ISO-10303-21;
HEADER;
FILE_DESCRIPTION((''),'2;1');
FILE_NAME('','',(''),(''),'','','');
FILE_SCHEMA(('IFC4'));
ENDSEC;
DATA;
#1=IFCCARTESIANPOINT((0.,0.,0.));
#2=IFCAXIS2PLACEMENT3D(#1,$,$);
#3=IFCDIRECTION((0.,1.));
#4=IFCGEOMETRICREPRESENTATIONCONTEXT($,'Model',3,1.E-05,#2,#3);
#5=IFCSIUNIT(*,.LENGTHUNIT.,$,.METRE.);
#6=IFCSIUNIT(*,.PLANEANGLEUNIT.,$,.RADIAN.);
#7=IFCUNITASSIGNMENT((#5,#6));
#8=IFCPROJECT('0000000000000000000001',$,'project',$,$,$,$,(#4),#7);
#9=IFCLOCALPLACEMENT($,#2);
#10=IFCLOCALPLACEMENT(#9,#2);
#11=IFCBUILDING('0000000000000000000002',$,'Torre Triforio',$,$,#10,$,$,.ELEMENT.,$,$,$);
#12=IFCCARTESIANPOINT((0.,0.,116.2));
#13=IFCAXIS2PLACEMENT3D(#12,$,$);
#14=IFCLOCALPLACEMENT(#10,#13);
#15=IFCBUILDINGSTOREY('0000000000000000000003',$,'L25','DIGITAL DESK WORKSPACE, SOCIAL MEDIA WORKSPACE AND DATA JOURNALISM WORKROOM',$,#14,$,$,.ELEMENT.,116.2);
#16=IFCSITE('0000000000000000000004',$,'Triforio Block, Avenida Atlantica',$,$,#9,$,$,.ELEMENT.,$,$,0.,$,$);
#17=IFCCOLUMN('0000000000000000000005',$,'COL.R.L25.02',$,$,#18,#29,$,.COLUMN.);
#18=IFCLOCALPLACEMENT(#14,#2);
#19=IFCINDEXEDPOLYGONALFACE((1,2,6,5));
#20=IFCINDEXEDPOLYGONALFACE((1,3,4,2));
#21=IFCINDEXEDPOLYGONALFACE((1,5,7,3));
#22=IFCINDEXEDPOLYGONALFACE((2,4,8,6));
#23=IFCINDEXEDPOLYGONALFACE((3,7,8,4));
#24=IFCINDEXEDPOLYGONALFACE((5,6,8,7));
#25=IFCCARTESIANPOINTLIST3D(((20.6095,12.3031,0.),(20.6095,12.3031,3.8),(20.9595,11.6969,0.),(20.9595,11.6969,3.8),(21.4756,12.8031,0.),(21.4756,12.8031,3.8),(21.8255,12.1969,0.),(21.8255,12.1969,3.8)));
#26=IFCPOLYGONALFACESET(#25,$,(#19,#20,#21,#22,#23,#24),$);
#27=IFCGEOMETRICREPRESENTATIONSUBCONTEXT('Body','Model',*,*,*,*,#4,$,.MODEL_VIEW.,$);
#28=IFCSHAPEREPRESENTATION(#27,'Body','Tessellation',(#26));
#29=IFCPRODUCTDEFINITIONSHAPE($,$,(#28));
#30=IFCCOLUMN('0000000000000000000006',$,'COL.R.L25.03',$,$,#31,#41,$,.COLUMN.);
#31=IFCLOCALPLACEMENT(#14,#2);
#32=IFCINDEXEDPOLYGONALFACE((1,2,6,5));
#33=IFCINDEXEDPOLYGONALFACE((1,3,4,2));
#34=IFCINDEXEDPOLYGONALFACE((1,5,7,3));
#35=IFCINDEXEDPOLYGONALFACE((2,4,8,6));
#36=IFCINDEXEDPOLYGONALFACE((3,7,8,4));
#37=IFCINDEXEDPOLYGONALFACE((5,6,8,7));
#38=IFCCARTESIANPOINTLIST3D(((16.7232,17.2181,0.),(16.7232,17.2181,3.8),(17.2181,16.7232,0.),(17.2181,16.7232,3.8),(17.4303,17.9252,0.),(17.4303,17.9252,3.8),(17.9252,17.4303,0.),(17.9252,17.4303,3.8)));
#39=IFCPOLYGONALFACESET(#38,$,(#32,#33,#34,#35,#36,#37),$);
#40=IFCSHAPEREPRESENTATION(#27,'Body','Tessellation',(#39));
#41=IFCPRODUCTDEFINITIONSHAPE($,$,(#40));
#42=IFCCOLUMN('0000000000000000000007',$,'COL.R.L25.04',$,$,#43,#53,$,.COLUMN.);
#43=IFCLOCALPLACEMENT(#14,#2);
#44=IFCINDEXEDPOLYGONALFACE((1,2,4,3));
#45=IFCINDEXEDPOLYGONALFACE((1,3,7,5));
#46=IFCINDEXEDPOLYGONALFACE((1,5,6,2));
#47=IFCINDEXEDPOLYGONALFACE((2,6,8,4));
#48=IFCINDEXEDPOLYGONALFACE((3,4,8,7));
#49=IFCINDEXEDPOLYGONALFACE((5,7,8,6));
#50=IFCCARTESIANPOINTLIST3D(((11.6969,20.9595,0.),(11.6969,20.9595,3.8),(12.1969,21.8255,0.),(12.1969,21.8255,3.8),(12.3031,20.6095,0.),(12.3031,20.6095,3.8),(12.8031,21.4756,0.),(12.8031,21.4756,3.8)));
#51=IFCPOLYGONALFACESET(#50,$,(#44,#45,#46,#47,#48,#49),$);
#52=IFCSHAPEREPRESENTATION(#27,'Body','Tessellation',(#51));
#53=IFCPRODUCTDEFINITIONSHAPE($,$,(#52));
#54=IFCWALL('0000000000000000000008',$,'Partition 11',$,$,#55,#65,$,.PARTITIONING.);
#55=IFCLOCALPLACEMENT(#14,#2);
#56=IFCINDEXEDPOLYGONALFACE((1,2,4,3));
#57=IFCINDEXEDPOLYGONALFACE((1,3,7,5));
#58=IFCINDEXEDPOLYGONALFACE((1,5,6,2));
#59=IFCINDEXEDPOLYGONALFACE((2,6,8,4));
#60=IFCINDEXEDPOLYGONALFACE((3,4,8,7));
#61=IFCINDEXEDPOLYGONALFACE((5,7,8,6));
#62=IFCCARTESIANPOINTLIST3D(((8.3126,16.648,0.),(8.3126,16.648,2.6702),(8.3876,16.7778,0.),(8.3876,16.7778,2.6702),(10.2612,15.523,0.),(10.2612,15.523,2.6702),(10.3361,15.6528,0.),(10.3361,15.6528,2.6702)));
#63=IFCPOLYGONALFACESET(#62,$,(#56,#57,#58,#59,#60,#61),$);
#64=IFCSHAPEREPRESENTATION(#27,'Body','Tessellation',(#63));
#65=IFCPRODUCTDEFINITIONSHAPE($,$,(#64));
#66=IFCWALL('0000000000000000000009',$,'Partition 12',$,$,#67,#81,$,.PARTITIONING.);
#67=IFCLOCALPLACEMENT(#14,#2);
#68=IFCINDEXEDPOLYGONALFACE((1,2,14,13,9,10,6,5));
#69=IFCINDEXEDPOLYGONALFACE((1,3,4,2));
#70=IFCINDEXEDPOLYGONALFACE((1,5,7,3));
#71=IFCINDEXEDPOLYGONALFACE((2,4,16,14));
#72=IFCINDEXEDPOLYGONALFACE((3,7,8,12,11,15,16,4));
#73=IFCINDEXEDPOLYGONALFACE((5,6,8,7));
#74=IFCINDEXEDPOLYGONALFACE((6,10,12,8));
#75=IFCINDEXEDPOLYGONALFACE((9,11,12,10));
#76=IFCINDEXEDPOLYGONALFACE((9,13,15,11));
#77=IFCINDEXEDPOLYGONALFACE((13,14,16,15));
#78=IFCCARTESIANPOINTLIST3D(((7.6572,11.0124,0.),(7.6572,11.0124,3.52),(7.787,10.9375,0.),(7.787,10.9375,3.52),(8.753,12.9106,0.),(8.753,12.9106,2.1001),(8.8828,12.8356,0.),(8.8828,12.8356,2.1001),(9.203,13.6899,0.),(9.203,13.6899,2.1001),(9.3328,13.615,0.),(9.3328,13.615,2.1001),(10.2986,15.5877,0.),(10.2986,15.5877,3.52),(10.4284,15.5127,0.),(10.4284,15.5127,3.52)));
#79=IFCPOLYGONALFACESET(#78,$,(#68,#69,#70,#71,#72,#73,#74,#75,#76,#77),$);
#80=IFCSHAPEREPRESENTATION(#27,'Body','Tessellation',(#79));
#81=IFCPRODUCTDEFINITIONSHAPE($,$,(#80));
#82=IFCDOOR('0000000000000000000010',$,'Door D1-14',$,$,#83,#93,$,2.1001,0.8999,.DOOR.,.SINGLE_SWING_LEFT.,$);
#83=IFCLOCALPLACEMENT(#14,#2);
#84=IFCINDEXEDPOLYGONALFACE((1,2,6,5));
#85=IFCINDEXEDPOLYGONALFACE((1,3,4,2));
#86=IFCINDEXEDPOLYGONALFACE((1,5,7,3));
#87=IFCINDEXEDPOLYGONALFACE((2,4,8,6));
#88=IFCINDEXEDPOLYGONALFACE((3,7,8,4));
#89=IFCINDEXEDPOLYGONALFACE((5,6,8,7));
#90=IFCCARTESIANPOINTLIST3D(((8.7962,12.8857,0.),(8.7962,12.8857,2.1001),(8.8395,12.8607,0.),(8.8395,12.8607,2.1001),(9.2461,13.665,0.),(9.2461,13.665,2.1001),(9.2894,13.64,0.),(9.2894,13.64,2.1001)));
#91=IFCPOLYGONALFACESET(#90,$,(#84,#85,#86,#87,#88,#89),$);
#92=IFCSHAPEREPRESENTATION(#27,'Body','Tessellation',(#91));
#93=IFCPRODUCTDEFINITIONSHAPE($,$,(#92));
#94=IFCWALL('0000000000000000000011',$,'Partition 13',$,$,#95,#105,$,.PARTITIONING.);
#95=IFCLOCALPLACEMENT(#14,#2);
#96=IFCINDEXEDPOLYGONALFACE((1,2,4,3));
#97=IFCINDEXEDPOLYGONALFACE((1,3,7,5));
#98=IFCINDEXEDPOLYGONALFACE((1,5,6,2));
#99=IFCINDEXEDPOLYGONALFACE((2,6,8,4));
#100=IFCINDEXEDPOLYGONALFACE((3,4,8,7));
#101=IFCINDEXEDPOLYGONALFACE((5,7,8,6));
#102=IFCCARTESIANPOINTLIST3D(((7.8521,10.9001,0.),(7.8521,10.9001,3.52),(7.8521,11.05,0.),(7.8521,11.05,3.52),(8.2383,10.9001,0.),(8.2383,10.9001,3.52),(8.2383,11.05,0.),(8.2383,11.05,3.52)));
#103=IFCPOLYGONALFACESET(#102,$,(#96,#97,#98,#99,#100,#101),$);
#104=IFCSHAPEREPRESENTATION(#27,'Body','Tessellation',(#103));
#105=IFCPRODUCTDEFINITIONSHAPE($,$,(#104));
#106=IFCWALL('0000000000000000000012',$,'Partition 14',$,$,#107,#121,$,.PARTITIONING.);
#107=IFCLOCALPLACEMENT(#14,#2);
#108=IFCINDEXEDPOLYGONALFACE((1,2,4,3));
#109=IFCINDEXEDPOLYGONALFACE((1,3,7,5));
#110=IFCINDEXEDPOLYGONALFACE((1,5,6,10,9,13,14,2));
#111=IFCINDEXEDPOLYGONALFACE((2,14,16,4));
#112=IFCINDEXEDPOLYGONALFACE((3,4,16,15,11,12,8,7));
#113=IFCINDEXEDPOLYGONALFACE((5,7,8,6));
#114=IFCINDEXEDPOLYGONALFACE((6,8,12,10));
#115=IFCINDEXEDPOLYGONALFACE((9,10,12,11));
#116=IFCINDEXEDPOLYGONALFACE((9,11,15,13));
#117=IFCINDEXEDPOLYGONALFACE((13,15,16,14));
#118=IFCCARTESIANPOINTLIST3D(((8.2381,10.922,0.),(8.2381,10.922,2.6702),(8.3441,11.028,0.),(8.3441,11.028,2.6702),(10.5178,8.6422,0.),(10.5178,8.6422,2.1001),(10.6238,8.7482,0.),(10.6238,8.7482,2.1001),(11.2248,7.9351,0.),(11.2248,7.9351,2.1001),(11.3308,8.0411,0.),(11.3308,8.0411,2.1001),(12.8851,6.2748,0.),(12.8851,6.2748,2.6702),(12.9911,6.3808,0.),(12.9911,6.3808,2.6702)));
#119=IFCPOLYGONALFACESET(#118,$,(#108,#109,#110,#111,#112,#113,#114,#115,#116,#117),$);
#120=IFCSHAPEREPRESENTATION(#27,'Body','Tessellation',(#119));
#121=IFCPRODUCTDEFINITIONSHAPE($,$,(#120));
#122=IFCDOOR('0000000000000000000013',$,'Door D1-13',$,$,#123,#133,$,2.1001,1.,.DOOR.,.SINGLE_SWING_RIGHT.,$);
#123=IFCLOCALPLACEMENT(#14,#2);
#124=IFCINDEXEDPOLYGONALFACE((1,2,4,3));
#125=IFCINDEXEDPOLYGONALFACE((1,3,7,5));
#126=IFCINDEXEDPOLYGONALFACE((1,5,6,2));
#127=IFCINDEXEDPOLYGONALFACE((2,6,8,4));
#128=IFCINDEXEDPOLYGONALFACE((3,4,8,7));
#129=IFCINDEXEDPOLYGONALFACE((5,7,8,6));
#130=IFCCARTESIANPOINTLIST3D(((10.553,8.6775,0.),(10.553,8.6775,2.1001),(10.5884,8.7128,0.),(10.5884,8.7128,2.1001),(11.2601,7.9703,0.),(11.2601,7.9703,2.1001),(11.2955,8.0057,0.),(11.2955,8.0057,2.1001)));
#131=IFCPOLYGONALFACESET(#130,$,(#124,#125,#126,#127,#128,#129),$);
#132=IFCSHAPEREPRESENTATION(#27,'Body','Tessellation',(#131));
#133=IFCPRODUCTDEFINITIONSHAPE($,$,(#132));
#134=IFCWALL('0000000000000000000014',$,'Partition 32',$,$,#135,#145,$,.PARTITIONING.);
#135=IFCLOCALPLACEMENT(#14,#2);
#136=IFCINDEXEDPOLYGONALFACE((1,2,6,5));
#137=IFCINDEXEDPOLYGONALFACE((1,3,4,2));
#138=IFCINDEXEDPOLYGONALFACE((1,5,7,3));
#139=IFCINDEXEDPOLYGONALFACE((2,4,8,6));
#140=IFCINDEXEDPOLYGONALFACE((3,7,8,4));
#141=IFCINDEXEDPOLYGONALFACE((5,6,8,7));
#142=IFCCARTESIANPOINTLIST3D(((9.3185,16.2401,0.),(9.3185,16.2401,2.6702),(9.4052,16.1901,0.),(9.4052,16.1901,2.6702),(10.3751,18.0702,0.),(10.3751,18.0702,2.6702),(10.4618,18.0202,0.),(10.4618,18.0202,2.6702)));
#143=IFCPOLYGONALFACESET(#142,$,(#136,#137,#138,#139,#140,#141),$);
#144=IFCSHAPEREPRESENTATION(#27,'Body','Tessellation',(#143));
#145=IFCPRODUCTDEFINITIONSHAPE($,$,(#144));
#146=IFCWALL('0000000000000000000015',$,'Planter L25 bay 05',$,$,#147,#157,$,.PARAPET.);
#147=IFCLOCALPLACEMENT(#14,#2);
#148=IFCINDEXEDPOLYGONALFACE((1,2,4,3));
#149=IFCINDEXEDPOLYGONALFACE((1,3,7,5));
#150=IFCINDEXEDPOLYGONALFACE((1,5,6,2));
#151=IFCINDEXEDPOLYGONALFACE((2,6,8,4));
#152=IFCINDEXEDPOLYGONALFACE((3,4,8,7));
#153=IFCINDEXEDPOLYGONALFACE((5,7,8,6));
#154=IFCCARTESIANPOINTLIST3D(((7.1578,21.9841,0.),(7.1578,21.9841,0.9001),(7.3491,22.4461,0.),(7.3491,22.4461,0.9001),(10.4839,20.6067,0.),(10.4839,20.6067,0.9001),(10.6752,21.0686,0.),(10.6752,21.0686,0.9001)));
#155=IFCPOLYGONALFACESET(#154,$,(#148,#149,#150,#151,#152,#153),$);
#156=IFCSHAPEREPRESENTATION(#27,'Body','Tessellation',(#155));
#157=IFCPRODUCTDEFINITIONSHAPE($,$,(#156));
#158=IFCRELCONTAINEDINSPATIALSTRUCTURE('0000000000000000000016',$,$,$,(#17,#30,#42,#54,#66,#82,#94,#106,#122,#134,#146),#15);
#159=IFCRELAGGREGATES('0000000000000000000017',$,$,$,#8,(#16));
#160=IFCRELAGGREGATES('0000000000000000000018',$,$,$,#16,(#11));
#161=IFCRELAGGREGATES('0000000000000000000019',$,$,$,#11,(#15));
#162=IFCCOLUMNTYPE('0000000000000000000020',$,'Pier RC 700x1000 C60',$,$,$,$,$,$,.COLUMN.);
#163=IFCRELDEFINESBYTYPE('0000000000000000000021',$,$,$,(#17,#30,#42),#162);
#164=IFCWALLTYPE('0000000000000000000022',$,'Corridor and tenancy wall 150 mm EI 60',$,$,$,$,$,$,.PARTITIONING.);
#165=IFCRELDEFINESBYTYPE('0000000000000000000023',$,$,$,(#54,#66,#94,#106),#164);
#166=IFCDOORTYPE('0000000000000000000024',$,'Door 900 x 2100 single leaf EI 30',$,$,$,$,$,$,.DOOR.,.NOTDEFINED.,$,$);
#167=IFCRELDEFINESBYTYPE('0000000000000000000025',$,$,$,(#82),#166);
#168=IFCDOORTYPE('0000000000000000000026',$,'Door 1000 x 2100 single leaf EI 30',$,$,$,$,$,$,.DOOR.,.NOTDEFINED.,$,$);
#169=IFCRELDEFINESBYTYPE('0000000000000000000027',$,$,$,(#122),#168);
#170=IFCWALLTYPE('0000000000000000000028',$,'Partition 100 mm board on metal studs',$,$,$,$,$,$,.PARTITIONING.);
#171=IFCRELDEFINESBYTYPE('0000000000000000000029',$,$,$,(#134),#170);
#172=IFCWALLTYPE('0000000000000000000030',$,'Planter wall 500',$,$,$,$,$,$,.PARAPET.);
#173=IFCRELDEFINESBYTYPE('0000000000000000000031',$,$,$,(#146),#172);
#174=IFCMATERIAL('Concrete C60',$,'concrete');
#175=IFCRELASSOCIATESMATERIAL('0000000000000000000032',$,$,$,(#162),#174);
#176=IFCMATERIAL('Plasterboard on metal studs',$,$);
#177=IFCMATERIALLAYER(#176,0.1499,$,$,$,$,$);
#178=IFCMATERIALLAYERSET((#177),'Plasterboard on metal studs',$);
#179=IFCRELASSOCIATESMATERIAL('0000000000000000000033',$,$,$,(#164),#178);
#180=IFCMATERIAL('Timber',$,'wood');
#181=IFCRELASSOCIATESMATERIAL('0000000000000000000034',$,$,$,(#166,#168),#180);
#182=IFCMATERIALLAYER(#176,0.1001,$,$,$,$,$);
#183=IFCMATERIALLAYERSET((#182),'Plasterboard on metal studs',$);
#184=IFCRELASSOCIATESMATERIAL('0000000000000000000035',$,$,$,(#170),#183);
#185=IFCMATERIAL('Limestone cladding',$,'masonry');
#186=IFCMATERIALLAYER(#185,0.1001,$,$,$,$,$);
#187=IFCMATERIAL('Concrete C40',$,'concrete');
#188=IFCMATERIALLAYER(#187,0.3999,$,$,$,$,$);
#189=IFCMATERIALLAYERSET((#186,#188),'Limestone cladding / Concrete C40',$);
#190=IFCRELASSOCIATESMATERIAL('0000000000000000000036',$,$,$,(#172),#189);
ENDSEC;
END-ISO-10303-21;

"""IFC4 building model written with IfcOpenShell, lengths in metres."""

from ifc_helpers import new_model, si_unit, direction, frame, frame_2d, origin, origin_2d, place, context, subcontext, project, spatial, rectangle, extrude, material, layer, layer_set, material_profile, profile_set, type_object, element, fill, save


model = new_model("IFC4")

# Units and contexts
model_context = context("Model", 3, precision=1e-05, world=origin(), true_north=direction((0.0, 1.0)))
body_context = subcontext(model_context, "Body", "Model", "MODEL_VIEW")
ifc_project = project(units=[si_unit("LENGTHUNIT", "METRE"), si_unit("PLANEANGLEUNIT", "RADIAN")], contexts=[model_context])

# Site, building, storey
site_placement = place(None, origin())
site = spatial("IfcSite", under=ifc_project, at=site_placement, Name="Triforio Block, Avenida Atlantica", CompositionType="ELEMENT", RefElevation=0.0)
building_placement = place(site_placement, origin())
building = spatial("IfcBuilding", under=site, at=building_placement, Name="Torre Triforio", CompositionType="ELEMENT")
storey_placement = place(building_placement, frame((0.0, 0.0, 116.2)))
storey = spatial("IfcBuildingStorey", under=building, at=storey_placement, Name="L25", Description="DIGITAL DESK WORKSPACE, SOCIAL MEDIA WORKSPACE AND DATA JOURNALISM WORKROOM", CompositionType="ELEMENT", Elevation=116.2)

# Columns
ifc_material_1 = material(Name="Concrete C60", Category="concrete")
ifc_material_profile = material_profile(ifc_material_1, rectangle(XDim=0.7, YDim=1.0, at=origin_2d()), Name="RC 700x1000")
ifc_profile_set = profile_set([ifc_material_profile], Name="Concrete C60")
column_type = type_object("IfcColumnType", Name="Pier RC 700x1000 C60", PredefinedType="COLUMN", material=ifc_profile_set)
for number, where, z_axis, x_axis, name in (
    (1, (21.2175, 12.25, 0.0), (0.0, 0.0, 1.0), (-0.5, 0.866025, 0.0), "COL.R.L25.02"),
    (2, (17.3242, 17.3242, 0.0), (0.0, 0.0, 1.0), (-0.707107, 0.707107, 0.0), "COL.R.L25.03"),
    (3, (12.25, 21.2175, 0.0), (0.0, 0.0, 1.0), (-0.866025, 0.5, 0.0), "COL.R.L25.04"),
):
    element("IfcColumn", number, at=place(storey_placement, frame(where, z_axis=z_axis, x_axis=x_axis)), inside=storey, type_object=column_type, Name=name, PredefinedType="COLUMN", context=body_context, shape_type="SweptSolid", body=[
        extrude(rectangle(XDim=0.7, YDim=1.0, at=origin_2d()), origin(), (0.0, 0.0, 1.0), 3.8),
    ])

# Wall
ifc_material_2 = material(Name="Plasterboard on metal studs")
ifc_layer_1 = layer(ifc_material_2, 0.1499)
ifc_layer_set_1 = layer_set([ifc_layer_1], Name="Plasterboard on metal studs")
wall_type_1 = type_object("IfcWallType", Name="Corridor and tenancy wall 150 mm EI 60", PredefinedType="PARTITIONING", material=ifc_layer_set_1)
wall_1_placement = place(storey_placement, frame((8.3501, 16.7129, 0.0), z_axis=(0.0, 0.0, 1.0), x_axis=(0.866018, -0.500014, 0.0)))
element("IfcWall", 4, at=wall_1_placement, inside=storey, type_object=wall_type_1, Name="Partition 11", PredefinedType="PARTITIONING", context=body_context, shape_type="SweptSolid", body=[
    extrude(rectangle(XDim=2.25, YDim=0.1499, at=frame_2d((1.125, 0.0))), origin(), (0.0, 0.0, 1.0), 2.6702),
])

# Wall, opening, door
wall_2_placement = place(storey_placement, frame((10.3635, 15.5503, 0.0), z_axis=(0.0, 0.0, 1.0), x_axis=(-0.499981, -0.866036, 0.0)))
wall_2 = element("IfcWall", 5, at=wall_2_placement, inside=storey, type_object=wall_type_1, Name="Partition 12", PredefinedType="PARTITIONING", context=body_context, shape_type="SweptSolid", body=[
    extrude(rectangle(XDim=5.283, YDim=0.1499, at=frame_2d((2.6416, 0.0))), origin(), (0.0, 0.0, 1.0), 3.52),
])
opening_1_placement = place(wall_2_placement, frame((2.1914, 0.0, 0.0)))
opening_1 = element("IfcOpeningElement", 6, at=opening_1_placement, cuts=wall_2, PredefinedType="OPENING", context=body_context, shape_type="SweptSolid", body=[
    extrude(rectangle(XDim=0.8999, YDim=2.1001, at=frame_2d((0.45, 1.05))), frame((0.0, 0.085, 0.0), z_axis=(0.0, -1.0, 0.0), x_axis=(1.0, 0.0, 0.0)), (0.0, 0.0, 1.0), 0.1699),
])
ifc_material_3 = material(Name="Timber", Category="wood")
door_type_1 = type_object("IfcDoorType", Name="Door 900 x 2100 single leaf EI 30", OperationType="NOTDEFINED", PredefinedType="DOOR", material=ifc_material_3)
door_1_placement = place(opening_1_placement, origin())
door_1 = element("IfcDoor", 7, at=door_1_placement, inside=storey, type_object=door_type_1, Name="Door D1-14", OperationType="SINGLE_SWING_LEFT", OverallHeight=2.1001, OverallWidth=0.8999, PredefinedType="DOOR", context=body_context, shape_type="SweptSolid", body=[
    extrude(rectangle(XDim=0.8999, YDim=2.1001, at=frame_2d((0.45, 1.05))), frame((0.0, 0.0249, 0.0), z_axis=(0.0, -1.0, 0.0), x_axis=(1.0, 0.0, 0.0)), (0.0, 0.0, 1.0), 0.05),
])
fill(opening_1, door_1)

# Wall
wall_3_placement = place(storey_placement, frame((7.8521, 10.9751, 0.0), z_axis=(0.0, 0.0, 1.0), x_axis=(1.0, 0.0, 0.0)))
element("IfcWall", 8, at=wall_3_placement, inside=storey, type_object=wall_type_1, Name="Partition 13", PredefinedType="PARTITIONING", context=body_context, shape_type="SweptSolid", body=[
    extrude(rectangle(XDim=0.3862, YDim=0.1499, at=frame_2d((0.1931, 0.0))), origin(), (0.0, 0.0, 1.0), 3.52),
])

# Wall, opening, door
wall_4_placement = place(storey_placement, frame((8.291, 10.9751, 0.0), z_axis=(0.0, 0.0, 1.0), x_axis=(0.707088, -0.707125, 0.0)))
wall_4 = element("IfcWall", 9, at=wall_4_placement, inside=storey, type_object=wall_type_1, Name="Partition 14", PredefinedType="PARTITIONING", context=body_context, shape_type="SweptSolid", body=[
    extrude(rectangle(XDim=6.572, YDim=0.1499, at=frame_2d((3.2861, 0.0))), origin(), (0.0, 0.0, 1.0), 2.6702),
])
opening_2_placement = place(wall_4_placement, frame((3.2241, 0.0, 0.0)))
opening_2 = element("IfcOpeningElement", 10, at=opening_2_placement, cuts=wall_4, PredefinedType="OPENING", context=body_context, shape_type="SweptSolid", body=[
    extrude(rectangle(XDim=1.0, YDim=2.1001, at=frame_2d((0.5, 1.05))), frame((0.0, 0.085, 0.0), z_axis=(0.0, -1.0, 0.0), x_axis=(1.0, 0.0, 0.0)), (0.0, 0.0, 1.0), 0.1699),
])
door_type_2 = type_object("IfcDoorType", Name="Door 1000 x 2100 single leaf EI 30", OperationType="NOTDEFINED", PredefinedType="DOOR", material=ifc_material_3)
door_2_placement = place(opening_2_placement, origin())
door_2 = element("IfcDoor", 11, at=door_2_placement, inside=storey, type_object=door_type_2, Name="Door D1-13", OperationType="SINGLE_SWING_RIGHT", OverallHeight=2.1001, OverallWidth=1.0, PredefinedType="DOOR", context=body_context, shape_type="SweptSolid", body=[
    extrude(rectangle(XDim=1.0, YDim=2.1001, at=frame_2d((0.5, 1.05))), frame((0.0, 0.0249, 0.0), z_axis=(0.0, -1.0, 0.0), x_axis=(1.0, 0.0, 0.0)), (0.0, 0.0, 1.0), 0.05),
])
fill(opening_2, door_2)

# Walls
ifc_layer_2 = layer(ifc_material_2, 0.1001)
ifc_layer_set_2 = layer_set([ifc_layer_2], Name="Plasterboard on metal studs")
wall_type_2 = type_object("IfcWallType", Name="Partition 100 mm board on metal studs", PredefinedType="PARTITIONING", material=ifc_layer_set_2)
wall_5_placement = place(storey_placement, frame((9.3618, 16.2151, 0.0), z_axis=(0.0, 0.0, 1.0), x_axis=(0.500016, 0.866016, 0.0)))
element("IfcWall", 12, at=wall_5_placement, inside=storey, type_object=wall_type_2, Name="Partition 32", PredefinedType="PARTITIONING", context=body_context, shape_type="SweptSolid", body=[
    extrude(rectangle(XDim=2.1133, YDim=0.1001, at=frame_2d((1.0566, 0.0))), origin(), (0.0, 0.0, 1.0), 2.6702),
])
ifc_material_4 = material(Name="Limestone cladding", Category="masonry")
ifc_layer_3 = layer(ifc_material_4, 0.1001)
ifc_material_5 = material(Name="Concrete C40", Category="concrete")
ifc_layer_4 = layer(ifc_material_5, 0.3999)
ifc_layer_set_3 = layer_set([ifc_layer_3, ifc_layer_4], Name="Limestone cladding / Concrete C40")
wall_type_3 = type_object("IfcWallType", Name="Planter wall 500", PredefinedType="PARAPET", material=ifc_layer_set_3)
wall_6_placement = place(storey_placement, frame((10.5796, 20.8376, 0.0), z_axis=(0.0, 0.0, 1.0), x_axis=(-0.923909, 0.382611, 0.0)))
element("IfcWall", 13, at=wall_6_placement, inside=storey, type_object=wall_type_3, Name="Planter L25 bay 05", PredefinedType="PARAPET", context=body_context, shape_type="SweptSolid", body=[
    extrude(rectangle(XDim=3.6001, YDim=0.5, at=frame_2d((1.8, 0.0))), origin(), (0.0, 0.0, 1.0), 0.9001),
])

save(model, "model.ifc")
